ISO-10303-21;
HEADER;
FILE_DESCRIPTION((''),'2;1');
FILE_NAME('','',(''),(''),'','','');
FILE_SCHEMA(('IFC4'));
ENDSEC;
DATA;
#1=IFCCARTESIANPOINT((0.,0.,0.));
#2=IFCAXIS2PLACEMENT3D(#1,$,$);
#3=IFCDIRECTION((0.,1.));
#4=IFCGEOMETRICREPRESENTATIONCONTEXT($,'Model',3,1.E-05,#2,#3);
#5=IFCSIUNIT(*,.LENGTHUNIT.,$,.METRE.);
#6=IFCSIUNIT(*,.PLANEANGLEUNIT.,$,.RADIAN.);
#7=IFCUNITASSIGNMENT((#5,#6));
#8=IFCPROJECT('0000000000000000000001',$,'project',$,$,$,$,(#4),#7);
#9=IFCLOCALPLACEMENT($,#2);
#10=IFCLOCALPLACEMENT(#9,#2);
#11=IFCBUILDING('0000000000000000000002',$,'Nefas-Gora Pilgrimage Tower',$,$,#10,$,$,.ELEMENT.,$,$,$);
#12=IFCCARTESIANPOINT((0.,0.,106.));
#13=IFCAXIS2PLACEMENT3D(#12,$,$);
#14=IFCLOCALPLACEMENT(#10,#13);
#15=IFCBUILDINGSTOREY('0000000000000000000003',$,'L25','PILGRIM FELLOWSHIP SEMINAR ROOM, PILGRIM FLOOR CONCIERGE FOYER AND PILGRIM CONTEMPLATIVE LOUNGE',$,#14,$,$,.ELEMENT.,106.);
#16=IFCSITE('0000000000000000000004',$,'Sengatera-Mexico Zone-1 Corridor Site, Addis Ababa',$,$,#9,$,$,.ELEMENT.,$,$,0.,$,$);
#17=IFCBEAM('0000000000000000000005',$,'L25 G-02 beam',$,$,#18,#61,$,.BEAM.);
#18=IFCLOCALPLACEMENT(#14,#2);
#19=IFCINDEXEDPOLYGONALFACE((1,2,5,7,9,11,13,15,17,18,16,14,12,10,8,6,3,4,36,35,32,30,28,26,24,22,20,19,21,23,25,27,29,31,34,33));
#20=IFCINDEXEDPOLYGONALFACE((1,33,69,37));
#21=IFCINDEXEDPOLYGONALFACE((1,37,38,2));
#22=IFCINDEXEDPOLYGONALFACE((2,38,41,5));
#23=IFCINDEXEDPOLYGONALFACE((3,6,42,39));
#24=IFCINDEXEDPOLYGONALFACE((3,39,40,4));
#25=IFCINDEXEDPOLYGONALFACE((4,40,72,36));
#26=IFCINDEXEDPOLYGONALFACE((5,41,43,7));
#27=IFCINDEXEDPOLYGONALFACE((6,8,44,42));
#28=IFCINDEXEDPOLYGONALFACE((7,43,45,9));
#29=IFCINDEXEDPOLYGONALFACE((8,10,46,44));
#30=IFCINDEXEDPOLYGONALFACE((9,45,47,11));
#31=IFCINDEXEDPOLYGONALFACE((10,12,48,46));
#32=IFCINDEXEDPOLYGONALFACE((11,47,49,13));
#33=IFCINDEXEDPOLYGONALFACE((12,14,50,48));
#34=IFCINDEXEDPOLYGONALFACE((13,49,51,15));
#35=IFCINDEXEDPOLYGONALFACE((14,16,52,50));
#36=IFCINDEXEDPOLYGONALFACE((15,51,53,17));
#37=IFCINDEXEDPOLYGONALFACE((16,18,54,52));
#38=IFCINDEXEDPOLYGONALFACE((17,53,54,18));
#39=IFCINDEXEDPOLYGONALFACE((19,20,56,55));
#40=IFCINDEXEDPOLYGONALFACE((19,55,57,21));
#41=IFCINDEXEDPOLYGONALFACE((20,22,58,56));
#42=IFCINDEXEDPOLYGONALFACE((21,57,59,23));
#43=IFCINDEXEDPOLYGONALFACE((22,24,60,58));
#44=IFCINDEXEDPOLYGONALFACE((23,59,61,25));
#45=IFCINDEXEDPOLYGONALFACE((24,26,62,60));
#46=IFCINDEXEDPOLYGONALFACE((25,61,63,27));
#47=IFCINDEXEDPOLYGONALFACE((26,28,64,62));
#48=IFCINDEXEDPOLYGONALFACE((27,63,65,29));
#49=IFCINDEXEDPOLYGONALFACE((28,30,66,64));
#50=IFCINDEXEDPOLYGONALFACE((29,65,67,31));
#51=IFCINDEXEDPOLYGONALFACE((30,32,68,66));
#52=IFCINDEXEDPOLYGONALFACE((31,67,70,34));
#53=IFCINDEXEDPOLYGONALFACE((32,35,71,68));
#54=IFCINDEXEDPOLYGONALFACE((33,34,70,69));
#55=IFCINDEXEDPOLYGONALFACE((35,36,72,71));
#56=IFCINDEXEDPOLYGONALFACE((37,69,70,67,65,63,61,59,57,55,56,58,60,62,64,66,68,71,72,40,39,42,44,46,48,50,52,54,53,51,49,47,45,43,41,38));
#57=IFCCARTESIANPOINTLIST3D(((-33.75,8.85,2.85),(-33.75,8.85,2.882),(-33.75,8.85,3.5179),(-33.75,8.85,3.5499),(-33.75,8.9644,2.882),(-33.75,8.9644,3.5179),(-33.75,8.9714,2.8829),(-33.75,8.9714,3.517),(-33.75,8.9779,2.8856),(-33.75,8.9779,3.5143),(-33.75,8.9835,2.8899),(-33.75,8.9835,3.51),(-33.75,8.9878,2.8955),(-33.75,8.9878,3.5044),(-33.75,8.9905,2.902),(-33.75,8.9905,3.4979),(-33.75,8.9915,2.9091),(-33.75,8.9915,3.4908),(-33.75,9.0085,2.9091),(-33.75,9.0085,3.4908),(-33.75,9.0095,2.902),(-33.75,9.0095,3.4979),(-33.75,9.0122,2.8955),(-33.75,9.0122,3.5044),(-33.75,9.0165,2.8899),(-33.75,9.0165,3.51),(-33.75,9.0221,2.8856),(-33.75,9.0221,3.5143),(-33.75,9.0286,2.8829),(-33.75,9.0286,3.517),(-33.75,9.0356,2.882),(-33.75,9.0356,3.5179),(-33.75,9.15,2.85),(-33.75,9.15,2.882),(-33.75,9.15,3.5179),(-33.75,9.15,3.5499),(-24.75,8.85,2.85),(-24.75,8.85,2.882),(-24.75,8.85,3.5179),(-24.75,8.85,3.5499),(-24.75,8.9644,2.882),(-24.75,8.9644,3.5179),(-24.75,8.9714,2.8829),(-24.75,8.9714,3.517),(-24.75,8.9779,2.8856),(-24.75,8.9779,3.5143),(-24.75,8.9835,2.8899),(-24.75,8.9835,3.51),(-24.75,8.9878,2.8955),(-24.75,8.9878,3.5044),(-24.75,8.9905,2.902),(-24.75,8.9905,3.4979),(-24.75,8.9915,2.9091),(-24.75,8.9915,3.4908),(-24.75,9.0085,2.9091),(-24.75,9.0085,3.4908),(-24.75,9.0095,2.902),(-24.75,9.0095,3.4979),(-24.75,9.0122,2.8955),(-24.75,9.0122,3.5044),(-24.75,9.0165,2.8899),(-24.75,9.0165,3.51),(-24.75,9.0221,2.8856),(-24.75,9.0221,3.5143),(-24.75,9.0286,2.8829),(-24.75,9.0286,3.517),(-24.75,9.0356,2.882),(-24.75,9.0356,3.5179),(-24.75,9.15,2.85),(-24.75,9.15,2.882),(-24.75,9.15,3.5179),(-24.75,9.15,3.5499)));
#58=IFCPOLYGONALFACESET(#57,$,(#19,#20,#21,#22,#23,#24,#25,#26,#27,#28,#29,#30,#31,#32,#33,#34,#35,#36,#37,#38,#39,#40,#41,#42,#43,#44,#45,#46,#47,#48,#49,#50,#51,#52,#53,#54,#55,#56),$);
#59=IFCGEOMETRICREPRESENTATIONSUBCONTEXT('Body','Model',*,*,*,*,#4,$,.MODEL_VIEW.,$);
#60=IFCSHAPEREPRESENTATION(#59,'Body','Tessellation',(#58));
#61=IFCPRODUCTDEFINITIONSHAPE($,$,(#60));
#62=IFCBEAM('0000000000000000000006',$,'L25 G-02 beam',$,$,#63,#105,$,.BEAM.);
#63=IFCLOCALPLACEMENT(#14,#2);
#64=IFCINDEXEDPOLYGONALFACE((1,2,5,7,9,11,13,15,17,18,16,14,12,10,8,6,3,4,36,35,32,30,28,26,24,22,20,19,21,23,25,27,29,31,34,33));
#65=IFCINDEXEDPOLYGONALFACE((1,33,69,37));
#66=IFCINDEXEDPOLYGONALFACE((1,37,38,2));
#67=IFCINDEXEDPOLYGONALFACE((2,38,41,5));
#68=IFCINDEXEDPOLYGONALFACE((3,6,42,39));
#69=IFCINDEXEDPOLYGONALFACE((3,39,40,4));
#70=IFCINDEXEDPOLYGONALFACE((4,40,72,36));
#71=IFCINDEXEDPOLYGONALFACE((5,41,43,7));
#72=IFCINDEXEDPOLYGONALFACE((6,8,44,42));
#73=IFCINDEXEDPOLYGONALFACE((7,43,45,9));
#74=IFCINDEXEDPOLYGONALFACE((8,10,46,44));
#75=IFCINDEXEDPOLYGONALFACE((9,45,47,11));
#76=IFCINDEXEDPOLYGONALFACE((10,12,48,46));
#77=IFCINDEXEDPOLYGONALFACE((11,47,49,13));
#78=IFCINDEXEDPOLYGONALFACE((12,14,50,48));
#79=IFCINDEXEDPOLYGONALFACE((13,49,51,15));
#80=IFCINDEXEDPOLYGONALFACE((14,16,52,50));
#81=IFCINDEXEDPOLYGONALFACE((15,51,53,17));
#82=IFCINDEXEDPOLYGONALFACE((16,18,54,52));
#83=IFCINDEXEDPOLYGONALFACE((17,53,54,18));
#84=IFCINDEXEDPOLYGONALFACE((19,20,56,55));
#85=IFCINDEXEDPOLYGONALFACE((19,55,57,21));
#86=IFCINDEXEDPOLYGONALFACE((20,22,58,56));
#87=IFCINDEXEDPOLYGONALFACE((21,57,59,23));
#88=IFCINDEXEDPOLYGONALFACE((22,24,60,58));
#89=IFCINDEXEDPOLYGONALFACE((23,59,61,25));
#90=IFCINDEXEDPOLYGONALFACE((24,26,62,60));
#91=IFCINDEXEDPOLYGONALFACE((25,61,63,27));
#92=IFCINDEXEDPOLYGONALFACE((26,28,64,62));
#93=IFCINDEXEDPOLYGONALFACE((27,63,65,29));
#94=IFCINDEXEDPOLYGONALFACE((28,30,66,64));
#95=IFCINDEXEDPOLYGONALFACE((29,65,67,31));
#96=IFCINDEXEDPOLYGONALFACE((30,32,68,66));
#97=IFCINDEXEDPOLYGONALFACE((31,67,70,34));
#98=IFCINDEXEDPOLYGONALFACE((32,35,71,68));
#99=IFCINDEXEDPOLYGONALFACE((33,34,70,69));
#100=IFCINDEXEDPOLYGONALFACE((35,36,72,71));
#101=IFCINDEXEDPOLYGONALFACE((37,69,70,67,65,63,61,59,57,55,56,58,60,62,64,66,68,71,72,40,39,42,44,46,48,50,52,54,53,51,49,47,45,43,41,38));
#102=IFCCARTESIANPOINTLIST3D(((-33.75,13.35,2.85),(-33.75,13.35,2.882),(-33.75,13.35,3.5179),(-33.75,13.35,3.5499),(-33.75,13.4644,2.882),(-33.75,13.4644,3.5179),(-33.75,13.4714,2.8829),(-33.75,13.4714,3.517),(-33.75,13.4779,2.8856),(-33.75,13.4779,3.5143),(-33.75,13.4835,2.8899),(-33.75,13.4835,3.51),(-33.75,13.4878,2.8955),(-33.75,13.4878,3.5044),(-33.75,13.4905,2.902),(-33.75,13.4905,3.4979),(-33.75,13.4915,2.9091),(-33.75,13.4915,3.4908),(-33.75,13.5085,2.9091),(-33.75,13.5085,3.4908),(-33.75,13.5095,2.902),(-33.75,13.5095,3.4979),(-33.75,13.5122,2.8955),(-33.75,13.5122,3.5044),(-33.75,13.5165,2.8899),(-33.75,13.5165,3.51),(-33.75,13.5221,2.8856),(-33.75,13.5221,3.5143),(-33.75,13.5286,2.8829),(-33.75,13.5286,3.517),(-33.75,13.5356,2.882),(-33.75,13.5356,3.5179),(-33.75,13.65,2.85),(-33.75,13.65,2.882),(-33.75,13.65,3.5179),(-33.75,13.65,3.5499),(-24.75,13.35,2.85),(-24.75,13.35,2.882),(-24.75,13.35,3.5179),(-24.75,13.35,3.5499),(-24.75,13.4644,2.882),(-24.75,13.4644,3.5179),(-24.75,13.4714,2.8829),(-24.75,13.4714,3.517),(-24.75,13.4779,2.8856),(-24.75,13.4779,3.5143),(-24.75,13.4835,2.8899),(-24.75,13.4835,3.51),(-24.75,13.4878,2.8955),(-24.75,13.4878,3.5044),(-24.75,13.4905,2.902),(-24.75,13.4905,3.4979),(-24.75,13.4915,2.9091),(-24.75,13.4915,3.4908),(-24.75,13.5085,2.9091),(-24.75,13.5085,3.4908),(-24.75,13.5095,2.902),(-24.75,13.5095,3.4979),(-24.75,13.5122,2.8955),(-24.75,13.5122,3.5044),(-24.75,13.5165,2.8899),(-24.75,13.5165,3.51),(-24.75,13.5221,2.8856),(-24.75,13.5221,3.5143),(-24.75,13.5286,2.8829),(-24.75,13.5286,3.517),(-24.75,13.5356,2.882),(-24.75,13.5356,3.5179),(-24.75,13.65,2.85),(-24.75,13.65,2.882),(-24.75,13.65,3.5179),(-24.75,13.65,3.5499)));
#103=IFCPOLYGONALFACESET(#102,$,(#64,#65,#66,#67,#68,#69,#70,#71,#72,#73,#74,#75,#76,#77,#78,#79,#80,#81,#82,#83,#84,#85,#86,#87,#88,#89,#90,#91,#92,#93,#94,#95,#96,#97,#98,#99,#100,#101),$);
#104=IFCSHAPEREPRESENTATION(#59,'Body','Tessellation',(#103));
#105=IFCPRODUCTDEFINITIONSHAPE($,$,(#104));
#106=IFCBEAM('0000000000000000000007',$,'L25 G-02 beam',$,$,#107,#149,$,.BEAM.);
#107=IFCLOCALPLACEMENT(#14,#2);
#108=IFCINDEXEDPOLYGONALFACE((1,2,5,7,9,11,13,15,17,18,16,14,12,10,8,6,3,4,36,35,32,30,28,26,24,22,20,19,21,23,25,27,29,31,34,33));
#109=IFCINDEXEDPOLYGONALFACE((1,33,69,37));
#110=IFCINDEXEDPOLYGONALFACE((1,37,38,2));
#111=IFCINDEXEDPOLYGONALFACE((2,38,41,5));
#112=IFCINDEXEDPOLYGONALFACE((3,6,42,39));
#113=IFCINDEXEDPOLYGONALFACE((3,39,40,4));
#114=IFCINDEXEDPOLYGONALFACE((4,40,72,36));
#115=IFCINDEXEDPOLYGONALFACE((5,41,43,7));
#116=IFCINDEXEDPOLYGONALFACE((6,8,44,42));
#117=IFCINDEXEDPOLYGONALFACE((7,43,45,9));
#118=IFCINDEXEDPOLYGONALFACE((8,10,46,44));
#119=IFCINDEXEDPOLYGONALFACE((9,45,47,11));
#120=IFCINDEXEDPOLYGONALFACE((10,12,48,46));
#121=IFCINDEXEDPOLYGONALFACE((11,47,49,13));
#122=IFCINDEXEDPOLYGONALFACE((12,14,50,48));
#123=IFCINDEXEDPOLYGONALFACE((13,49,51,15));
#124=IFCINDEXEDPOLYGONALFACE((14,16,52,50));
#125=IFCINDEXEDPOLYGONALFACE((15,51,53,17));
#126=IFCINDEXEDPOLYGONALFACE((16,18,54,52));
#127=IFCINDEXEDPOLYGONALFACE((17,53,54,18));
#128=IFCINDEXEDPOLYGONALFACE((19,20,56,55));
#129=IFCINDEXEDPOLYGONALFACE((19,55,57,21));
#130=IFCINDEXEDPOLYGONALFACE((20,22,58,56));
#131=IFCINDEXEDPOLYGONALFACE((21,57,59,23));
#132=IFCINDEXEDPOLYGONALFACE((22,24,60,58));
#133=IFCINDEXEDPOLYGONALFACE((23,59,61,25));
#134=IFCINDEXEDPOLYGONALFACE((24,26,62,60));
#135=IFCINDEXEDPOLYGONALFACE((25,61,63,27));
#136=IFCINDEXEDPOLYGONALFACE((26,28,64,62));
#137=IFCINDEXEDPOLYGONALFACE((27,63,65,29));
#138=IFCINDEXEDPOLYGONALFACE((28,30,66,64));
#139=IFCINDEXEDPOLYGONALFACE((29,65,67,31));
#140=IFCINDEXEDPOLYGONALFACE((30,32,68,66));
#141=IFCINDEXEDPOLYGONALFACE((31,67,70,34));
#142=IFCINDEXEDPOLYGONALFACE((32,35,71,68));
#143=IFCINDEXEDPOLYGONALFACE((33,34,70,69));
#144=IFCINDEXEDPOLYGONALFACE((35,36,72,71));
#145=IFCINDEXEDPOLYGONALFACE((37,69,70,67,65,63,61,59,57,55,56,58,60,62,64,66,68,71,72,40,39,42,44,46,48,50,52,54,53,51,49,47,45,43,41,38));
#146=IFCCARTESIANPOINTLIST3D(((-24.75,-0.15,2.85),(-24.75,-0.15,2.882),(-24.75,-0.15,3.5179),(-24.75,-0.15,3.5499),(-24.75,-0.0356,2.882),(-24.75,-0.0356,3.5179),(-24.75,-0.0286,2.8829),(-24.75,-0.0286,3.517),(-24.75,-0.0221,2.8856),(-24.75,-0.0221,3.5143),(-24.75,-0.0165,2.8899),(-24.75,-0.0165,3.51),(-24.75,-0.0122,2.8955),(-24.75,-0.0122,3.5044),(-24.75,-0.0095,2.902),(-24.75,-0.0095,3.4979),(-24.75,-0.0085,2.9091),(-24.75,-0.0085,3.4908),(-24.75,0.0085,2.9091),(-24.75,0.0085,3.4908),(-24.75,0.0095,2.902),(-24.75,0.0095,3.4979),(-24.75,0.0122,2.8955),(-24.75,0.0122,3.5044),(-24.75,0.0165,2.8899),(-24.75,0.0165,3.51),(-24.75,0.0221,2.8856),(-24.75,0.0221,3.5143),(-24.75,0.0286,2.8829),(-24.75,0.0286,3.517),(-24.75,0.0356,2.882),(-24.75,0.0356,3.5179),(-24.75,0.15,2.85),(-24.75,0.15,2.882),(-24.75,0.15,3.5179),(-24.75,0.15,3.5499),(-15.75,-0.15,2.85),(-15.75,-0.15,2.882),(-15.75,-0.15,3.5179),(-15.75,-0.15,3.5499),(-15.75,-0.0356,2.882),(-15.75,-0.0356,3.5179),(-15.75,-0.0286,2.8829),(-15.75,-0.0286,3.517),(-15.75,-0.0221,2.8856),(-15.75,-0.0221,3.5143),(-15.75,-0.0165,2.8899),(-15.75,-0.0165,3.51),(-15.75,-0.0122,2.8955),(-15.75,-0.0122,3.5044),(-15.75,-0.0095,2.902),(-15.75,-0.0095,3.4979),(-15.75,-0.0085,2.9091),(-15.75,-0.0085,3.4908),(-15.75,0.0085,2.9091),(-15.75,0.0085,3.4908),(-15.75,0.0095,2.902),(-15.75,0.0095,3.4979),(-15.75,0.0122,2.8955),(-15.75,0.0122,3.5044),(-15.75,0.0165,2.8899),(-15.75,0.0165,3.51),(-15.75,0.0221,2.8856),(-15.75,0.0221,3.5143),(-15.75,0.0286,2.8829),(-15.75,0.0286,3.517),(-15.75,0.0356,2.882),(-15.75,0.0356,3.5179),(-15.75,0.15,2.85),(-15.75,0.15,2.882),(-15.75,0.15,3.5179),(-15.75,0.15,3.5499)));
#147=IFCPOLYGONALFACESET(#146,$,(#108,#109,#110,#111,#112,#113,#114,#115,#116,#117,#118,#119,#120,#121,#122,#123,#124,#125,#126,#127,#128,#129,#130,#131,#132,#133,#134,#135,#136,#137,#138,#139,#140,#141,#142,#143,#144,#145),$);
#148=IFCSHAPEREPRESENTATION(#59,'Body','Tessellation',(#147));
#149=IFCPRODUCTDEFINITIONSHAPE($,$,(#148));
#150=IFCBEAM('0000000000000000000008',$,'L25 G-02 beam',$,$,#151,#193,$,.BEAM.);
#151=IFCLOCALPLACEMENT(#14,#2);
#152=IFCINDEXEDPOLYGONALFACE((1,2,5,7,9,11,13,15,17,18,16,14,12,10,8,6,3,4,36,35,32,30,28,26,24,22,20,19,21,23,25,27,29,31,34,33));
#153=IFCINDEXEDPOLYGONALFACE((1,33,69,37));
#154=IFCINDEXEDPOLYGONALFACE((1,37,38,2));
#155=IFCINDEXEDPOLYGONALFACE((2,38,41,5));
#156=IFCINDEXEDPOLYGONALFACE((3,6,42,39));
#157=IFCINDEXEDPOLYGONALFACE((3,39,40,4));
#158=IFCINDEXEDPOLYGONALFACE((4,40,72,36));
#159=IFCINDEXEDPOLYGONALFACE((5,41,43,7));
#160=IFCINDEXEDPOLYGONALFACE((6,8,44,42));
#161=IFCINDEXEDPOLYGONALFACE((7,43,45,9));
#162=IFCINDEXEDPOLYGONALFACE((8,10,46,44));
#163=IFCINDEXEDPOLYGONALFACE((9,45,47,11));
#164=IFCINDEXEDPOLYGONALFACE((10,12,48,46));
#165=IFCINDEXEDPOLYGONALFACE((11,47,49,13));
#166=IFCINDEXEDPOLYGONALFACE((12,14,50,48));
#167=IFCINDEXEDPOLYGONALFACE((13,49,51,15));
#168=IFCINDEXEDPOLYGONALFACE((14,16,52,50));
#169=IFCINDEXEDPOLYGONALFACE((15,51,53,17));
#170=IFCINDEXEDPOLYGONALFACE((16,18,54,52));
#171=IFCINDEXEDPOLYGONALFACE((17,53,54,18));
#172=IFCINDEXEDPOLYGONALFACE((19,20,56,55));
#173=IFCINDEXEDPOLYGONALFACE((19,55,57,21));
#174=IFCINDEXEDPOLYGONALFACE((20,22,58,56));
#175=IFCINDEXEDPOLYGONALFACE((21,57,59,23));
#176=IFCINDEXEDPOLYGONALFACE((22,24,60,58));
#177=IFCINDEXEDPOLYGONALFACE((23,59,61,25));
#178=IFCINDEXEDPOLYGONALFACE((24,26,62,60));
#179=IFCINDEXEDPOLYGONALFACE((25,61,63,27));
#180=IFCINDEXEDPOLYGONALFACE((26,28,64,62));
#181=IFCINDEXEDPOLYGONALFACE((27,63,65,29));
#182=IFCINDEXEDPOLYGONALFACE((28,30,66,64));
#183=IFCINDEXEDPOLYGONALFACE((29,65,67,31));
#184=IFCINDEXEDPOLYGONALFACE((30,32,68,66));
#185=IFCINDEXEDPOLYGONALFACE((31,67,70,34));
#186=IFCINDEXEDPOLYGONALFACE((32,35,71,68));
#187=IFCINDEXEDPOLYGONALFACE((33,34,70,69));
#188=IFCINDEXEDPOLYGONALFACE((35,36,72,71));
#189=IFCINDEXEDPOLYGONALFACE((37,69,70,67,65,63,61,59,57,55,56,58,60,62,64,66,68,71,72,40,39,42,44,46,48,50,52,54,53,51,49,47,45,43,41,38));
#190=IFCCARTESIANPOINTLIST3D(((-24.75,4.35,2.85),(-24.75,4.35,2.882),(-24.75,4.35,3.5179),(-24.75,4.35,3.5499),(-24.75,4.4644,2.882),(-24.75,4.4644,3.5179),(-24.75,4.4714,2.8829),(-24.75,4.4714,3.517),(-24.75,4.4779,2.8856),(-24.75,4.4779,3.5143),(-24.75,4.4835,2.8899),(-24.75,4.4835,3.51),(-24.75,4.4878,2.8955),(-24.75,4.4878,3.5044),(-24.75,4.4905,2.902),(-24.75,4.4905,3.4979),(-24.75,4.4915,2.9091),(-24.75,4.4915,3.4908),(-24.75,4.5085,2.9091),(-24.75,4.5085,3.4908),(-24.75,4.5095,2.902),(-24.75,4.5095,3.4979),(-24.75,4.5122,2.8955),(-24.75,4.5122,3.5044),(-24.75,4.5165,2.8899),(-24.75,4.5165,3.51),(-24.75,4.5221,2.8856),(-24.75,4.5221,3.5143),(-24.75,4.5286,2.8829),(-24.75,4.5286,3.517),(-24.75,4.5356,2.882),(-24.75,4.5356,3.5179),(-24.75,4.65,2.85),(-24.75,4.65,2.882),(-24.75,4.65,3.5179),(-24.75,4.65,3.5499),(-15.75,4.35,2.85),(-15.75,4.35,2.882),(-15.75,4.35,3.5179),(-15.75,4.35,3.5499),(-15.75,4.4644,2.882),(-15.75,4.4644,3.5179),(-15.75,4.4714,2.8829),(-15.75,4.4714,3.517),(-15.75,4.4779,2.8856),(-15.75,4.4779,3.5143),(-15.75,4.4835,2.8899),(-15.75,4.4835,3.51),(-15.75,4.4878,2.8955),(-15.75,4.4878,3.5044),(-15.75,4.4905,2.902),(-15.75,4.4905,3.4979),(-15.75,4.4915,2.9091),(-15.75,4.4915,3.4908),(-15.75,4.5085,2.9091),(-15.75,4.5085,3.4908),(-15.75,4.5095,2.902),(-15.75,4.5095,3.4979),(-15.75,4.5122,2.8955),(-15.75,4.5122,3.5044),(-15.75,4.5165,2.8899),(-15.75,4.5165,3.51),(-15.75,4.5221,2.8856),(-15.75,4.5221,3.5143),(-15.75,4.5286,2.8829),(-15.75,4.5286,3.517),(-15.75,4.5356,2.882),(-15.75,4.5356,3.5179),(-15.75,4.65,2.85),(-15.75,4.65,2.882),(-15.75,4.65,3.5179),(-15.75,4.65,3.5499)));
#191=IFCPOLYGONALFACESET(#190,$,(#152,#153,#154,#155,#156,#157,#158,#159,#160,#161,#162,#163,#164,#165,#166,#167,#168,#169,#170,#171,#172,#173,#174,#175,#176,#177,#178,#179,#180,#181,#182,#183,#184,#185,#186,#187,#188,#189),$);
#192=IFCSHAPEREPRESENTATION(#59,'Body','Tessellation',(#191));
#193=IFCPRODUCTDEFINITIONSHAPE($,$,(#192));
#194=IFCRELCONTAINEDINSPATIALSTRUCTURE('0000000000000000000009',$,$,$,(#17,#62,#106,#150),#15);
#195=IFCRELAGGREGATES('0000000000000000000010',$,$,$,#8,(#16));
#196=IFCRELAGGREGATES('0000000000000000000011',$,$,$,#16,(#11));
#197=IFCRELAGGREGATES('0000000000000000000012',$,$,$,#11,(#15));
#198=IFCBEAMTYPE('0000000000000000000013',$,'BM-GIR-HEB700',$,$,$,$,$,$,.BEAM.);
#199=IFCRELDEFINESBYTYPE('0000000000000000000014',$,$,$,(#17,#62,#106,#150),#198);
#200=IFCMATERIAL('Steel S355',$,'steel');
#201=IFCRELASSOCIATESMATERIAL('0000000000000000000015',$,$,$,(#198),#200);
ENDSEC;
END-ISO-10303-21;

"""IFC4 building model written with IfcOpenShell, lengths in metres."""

from ifc_helpers import new_model, si_unit, direction, frame, origin, origin_2d, place, context, subcontext, project, spatial, i_section, extrude, source, transform, mapped, material, material_profile, profile_set, type_object, element, save


model = new_model("IFC4")

# Units and contexts
model_context = context("Model", 3, precision=1e-05, world=origin(), true_north=direction((0.0, 1.0)))
body_context = subcontext(model_context, "Body", "Model", "MODEL_VIEW")
ifc_project = project(units=[si_unit("LENGTHUNIT", "METRE"), si_unit("PLANEANGLEUNIT", "RADIAN")], contexts=[model_context])

# Site, building, storey
site_placement = place(None, origin())
site = spatial("IfcSite", under=ifc_project, at=site_placement, Name="Sengatera-Mexico Zone-1 Corridor Site, Addis Ababa", CompositionType="ELEMENT", RefElevation=0.0)
building_placement = place(site_placement, origin())
building = spatial("IfcBuilding", under=site, at=building_placement, Name="Nefas-Gora Pilgrimage Tower", CompositionType="ELEMENT")
storey_placement = place(building_placement, frame((0.0, 0.0, 106.0)))
storey = spatial("IfcBuildingStorey", under=building, at=storey_placement, Name="L25", Description="PILGRIM FELLOWSHIP SEMINAR ROOM, PILGRIM FLOOR CONCIERGE FOYER AND PILGRIM CONTEMPLATIVE LOUNGE", CompositionType="ELEMENT", Elevation=106.0)

# Beams
ifc_material_1 = material(Name="Steel S355", Category="steel")
ifc_material_profile_1 = material_profile(ifc_material_1, i_section(OverallWidth=0.3, OverallDepth=0.7, WebThickness=0.0171, FlangeThickness=0.032, FilletRadius=0.0271, at=origin_2d()), Name="HEB 700")
ifc_profile_set_1 = profile_set([ifc_material_profile_1], Name="Steel S355")
beam_type_1 = type_object("IfcBeamType", Name="BM-GIR-HEB700", PredefinedType="BEAM", material=ifc_profile_set_1)
shared_shape_1 = source(origin(), body_context, "Body", "SweptSolid", [
    extrude(i_section(OverallWidth=0.3, OverallDepth=0.7, WebThickness=0.0171, FlangeThickness=0.032, FilletRadius=0.0271, at=origin_2d()), origin(), (0.0, 0.0, 1.0), 9.0),
])
for number, where, z_axis, x_axis, name in (
    (1, (-33.75, 9.0, 3.2), (1.0, 0.0, 0.0), (0.0, 1.0, 0.0), "L25 G-02 beam"),
    (2, (-33.75, 13.5, 3.2), (1.0, 0.0, 0.0), (0.0, 1.0, 0.0), "L25 G-02 beam"),
    (3, (-24.75, 0.0, 3.2), (1.0, 0.0, 0.0), (0.0, 1.0, 0.0), "L25 G-02 beam"),
    (4, (-24.75, 4.5, 3.2), (1.0, 0.0, 0.0), (0.0, 1.0, 0.0), "L25 G-02 beam"),
):
    element("IfcBeam", number, at=place(storey_placement, frame(where, z_axis=z_axis, x_axis=x_axis)), inside=storey, type_object=beam_type_1, Name=name, PredefinedType="BEAM", context=body_context, shape_type="MappedRepresentation", body=[
        mapped(shared_shape_1, transform((0.0, 0.0, 0.0), x_axis=(1.0, 0.0, 0.0), y_axis=(0.0, 1.0, 0.0), z_axis=(0.0, 0.0, 1.0), scale=1.0)),
    ])

save(model, "model.ifc")
